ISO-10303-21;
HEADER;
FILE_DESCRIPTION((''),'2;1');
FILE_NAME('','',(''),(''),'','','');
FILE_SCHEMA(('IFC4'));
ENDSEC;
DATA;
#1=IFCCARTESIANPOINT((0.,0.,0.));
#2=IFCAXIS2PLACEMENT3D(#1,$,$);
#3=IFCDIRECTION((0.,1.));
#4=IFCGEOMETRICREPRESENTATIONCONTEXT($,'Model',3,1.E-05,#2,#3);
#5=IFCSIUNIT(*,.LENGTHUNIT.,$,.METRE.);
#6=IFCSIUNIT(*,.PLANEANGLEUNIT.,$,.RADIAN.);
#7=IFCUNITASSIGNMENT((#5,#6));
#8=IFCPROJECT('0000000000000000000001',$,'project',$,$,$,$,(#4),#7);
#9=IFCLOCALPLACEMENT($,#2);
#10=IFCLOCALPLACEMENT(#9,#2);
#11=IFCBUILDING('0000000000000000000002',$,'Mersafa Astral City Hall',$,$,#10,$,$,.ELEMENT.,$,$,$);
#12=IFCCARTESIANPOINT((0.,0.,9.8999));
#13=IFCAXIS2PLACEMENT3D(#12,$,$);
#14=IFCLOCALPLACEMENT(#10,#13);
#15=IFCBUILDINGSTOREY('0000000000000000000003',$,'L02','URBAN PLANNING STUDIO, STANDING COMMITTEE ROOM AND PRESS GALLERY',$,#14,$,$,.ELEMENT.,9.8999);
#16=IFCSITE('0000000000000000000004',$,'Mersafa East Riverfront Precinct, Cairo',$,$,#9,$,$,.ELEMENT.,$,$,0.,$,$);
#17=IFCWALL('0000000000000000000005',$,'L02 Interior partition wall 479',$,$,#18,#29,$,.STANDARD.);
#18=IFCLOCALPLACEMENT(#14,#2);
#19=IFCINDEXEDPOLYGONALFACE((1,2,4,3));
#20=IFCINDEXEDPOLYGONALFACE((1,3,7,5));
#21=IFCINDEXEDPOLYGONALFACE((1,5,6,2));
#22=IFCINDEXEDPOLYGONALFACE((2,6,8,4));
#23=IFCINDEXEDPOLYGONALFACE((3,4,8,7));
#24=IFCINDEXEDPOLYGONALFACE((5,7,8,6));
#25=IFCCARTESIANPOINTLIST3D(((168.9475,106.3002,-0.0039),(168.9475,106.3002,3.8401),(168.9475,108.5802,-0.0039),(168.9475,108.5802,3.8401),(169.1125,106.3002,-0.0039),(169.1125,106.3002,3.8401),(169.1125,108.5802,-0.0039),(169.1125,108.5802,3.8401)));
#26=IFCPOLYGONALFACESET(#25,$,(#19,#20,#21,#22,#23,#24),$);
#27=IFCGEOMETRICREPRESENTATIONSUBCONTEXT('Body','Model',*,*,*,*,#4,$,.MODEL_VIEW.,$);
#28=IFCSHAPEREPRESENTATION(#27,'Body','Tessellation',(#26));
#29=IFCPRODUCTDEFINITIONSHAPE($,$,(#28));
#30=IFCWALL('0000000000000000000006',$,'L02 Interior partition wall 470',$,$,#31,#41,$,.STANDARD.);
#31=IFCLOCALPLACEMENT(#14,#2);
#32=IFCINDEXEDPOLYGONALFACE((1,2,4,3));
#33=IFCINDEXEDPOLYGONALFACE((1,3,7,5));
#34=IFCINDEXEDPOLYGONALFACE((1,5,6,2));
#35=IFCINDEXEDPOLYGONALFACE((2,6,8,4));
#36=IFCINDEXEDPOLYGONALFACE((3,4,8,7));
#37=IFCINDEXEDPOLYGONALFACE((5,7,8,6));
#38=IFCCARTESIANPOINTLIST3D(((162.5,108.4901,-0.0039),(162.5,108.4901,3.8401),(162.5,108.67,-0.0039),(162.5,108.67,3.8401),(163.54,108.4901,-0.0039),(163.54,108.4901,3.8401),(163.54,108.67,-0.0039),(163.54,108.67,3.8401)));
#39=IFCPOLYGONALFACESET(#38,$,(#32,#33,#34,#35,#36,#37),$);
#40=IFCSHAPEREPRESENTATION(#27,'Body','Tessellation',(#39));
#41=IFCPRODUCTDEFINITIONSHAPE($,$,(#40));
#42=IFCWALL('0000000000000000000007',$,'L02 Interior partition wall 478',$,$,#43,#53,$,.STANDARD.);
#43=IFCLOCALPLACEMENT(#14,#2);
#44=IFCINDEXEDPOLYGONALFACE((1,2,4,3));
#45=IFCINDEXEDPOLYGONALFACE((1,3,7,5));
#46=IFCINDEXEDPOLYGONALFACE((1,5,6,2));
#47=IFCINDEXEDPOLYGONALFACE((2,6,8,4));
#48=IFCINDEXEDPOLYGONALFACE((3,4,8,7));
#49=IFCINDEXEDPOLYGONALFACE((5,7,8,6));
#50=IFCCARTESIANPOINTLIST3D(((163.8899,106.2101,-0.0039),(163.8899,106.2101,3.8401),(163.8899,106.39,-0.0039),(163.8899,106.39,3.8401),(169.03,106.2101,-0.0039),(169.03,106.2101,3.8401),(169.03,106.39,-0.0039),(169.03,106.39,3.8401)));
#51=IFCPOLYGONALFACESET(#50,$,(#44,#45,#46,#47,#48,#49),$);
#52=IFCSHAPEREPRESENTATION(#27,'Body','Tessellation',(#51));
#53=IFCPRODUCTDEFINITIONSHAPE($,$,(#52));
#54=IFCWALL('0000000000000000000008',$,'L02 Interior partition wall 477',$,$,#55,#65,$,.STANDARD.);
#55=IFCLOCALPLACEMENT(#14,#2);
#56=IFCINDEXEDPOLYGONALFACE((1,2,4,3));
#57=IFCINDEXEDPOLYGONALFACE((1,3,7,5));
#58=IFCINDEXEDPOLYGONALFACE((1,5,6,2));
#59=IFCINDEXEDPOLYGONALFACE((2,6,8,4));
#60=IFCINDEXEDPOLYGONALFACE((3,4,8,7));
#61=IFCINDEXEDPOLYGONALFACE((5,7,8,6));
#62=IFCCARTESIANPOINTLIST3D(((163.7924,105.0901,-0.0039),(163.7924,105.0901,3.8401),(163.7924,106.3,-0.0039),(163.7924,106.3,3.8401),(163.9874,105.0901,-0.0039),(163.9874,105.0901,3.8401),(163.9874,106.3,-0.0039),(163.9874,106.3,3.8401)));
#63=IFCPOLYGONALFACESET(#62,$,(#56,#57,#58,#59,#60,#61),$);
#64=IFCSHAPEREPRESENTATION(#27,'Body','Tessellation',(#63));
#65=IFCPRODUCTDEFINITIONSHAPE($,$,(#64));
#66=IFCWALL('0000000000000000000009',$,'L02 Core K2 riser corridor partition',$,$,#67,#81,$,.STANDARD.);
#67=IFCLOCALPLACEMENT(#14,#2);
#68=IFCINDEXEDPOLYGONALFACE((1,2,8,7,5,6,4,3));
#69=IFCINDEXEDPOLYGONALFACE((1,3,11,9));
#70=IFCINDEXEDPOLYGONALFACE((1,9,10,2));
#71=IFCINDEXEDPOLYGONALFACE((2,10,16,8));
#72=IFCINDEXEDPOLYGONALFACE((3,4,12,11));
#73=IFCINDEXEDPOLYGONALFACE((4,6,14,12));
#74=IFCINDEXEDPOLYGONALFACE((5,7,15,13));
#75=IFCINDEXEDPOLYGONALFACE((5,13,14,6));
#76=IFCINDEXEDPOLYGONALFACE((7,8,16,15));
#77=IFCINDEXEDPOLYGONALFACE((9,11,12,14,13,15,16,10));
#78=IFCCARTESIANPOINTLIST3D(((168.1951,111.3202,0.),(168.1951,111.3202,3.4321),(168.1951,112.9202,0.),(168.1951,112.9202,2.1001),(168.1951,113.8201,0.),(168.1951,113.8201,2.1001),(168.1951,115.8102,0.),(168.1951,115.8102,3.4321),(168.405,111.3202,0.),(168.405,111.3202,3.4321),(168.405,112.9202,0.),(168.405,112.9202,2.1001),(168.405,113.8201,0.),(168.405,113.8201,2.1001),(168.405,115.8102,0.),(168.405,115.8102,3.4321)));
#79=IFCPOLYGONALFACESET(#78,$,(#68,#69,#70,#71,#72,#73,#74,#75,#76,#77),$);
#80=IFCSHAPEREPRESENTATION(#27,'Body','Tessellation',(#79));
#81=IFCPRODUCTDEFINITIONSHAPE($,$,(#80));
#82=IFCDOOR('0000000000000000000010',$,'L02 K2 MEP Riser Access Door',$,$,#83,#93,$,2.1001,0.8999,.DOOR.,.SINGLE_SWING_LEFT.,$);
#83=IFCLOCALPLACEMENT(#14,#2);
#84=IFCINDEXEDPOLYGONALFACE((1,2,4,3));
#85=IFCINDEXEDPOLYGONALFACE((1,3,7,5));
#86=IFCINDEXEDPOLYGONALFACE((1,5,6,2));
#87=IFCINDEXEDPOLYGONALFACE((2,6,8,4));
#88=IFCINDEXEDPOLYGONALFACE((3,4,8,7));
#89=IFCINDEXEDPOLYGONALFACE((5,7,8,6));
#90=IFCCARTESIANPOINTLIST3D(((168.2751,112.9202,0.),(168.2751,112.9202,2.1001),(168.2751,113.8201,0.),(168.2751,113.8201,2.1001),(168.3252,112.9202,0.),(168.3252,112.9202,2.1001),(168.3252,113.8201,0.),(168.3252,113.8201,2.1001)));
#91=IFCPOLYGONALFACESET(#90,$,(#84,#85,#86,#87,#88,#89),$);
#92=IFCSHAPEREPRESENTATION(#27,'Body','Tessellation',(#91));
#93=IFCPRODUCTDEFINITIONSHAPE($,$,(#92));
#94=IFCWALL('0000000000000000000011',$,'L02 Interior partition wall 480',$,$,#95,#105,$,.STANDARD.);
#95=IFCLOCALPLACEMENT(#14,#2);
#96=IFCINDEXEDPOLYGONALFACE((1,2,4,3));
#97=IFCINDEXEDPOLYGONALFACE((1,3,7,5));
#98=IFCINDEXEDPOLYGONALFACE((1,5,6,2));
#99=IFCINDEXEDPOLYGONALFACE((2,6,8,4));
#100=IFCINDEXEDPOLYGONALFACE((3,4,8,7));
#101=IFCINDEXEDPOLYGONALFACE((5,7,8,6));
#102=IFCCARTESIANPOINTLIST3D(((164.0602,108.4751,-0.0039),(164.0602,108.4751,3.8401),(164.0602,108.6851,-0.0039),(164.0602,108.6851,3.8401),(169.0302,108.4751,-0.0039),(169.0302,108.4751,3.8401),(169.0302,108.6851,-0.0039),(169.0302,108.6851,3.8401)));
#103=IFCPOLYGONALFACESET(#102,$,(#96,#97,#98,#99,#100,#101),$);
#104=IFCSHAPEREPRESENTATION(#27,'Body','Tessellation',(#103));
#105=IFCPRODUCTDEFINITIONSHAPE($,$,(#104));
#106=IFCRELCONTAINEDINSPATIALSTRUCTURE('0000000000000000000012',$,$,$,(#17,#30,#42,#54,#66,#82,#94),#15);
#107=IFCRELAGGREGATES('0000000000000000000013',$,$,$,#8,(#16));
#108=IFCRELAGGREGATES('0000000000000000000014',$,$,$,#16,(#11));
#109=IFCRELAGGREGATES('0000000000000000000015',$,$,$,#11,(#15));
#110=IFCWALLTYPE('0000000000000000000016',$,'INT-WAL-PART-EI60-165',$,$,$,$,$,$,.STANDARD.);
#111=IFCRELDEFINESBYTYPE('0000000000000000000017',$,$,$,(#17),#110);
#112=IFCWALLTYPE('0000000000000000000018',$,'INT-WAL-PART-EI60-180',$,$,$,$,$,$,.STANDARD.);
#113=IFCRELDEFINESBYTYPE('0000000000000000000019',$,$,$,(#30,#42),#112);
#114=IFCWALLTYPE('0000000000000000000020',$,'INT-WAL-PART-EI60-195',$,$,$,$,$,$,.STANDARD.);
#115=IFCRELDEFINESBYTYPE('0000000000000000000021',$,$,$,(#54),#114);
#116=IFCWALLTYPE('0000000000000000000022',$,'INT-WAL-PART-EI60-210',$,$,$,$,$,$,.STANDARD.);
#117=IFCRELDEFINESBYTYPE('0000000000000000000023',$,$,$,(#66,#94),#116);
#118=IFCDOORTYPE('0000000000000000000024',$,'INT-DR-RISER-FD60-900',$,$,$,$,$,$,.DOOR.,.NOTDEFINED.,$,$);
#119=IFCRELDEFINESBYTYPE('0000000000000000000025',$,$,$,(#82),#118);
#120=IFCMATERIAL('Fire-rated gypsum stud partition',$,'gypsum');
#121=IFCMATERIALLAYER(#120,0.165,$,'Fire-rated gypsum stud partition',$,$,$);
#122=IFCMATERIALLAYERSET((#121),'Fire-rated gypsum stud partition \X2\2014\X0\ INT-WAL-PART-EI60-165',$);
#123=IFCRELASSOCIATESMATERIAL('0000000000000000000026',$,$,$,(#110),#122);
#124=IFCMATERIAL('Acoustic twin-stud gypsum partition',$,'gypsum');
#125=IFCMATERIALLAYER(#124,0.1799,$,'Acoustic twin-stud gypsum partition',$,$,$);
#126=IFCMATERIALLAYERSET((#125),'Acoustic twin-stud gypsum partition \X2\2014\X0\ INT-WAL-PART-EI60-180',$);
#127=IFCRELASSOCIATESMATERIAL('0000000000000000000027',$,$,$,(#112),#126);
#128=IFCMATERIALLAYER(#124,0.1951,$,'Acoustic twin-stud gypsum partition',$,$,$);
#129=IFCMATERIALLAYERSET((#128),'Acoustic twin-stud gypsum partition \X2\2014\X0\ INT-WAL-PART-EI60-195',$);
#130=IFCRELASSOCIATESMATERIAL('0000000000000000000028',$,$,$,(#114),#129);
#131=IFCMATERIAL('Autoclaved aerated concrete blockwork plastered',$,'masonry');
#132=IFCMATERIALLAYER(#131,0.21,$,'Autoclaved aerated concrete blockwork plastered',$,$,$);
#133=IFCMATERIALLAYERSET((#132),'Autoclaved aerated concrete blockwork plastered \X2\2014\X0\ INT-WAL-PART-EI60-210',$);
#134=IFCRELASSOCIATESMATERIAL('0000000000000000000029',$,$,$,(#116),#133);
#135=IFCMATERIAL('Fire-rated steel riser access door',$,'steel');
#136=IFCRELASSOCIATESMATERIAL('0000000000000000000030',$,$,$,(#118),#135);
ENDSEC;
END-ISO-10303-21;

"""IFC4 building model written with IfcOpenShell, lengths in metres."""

from ifc_helpers import new_model, si_unit, direction, frame, frame_2d, origin, place, context, subcontext, project, spatial, rectangle, extrude, material, layer, layer_set, type_object, element, fill, save


model = new_model("IFC4")

# Units and contexts
model_context = context("Model", 3, precision=1e-05, world=origin(), true_north=direction((0.0, 1.0)))
body_context = subcontext(model_context, "Body", "Model", "MODEL_VIEW")
ifc_project = project(units=[si_unit("LENGTHUNIT", "METRE"), si_unit("PLANEANGLEUNIT", "RADIAN")], contexts=[model_context])

# Site, building, storey
site_placement = place(None, origin())
site = spatial("IfcSite", under=ifc_project, at=site_placement, Name="Mersafa East Riverfront Precinct, Cairo", CompositionType="ELEMENT", RefElevation=0.0)
building_placement = place(site_placement, origin())
building = spatial("IfcBuilding", under=site, at=building_placement, Name="Mersafa Astral City Hall", CompositionType="ELEMENT")
storey_placement = place(building_placement, frame((0.0, 0.0, 9.8999)))
storey = spatial("IfcBuildingStorey", under=building, at=storey_placement, Name="L02", Description="URBAN PLANNING STUDIO, STANDING COMMITTEE ROOM AND PRESS GALLERY", CompositionType="ELEMENT", Elevation=9.8999)

# Shared definitions
ifc_material_1 = material(Name="Fire-rated gypsum stud partition", Category="gypsum")
ifc_layer_1 = layer(ifc_material_1, 0.165, Name="Fire-rated gypsum stud partition")
ifc_layer_set_1 = layer_set([ifc_layer_1], Name="Fire-rated gypsum stud partition — INT-WAL-PART-EI60-165")
wall_type_1 = type_object("IfcWallType", Name="INT-WAL-PART-EI60-165", PredefinedType="STANDARD", material=ifc_layer_set_1)

# Walls
wall_1_placement = place(storey_placement, frame((169.03, 106.3, -0.0039), z_axis=(0.0, 0.0, 1.0), x_axis=(0.0, 1.0, 0.0)))
element("IfcWall", 1, at=wall_1_placement, inside=storey, type_object=wall_type_1, Name="L02 Interior partition wall 479", PredefinedType="STANDARD", context=body_context, shape_type="SweptSolid", body=[
    extrude(rectangle(XDim=2.28, YDim=0.165, at=frame_2d((1.1401, 0.0))), origin(), (0.0, 0.0, 1.0), 3.844),
])
ifc_material_2 = material(Name="Acoustic twin-stud gypsum partition", Category="gypsum")
ifc_layer_2 = layer(ifc_material_2, 0.1799, Name="Acoustic twin-stud gypsum partition")
ifc_layer_set_2 = layer_set([ifc_layer_2], Name="Acoustic twin-stud gypsum partition — INT-WAL-PART-EI60-180")
wall_type_2 = type_object("IfcWallType", Name="INT-WAL-PART-EI60-180", PredefinedType="STANDARD", material=ifc_layer_set_2)
wall_2_placement = place(storey_placement, frame((163.54, 108.5801, -0.0039), z_axis=(0.0, 0.0, 1.0), x_axis=(-1.0, 0.0, 0.0)))
element("IfcWall", 2, at=wall_2_placement, inside=storey, type_object=wall_type_2, Name="L02 Interior partition wall 470", PredefinedType="STANDARD", context=body_context, shape_type="SweptSolid", body=[
    extrude(rectangle(XDim=1.04, YDim=0.1799, at=frame_2d((0.52, 0.0))), origin(), (0.0, 0.0, 1.0), 3.844),
])
wall_3_placement = place(storey_placement, frame((163.8899, 106.3, -0.0039), z_axis=(0.0, 0.0, 1.0), x_axis=(1.0, 0.0, 0.0)))
element("IfcWall", 3, at=wall_3_placement, inside=storey, type_object=wall_type_2, Name="L02 Interior partition wall 478", PredefinedType="STANDARD", context=body_context, shape_type="SweptSolid", body=[
    extrude(rectangle(XDim=5.1401, YDim=0.1799, at=frame_2d((2.5701, 0.0))), origin(), (0.0, 0.0, 1.0), 3.844),
])
ifc_layer_3 = layer(ifc_material_2, 0.1951, Name="Acoustic twin-stud gypsum partition")
ifc_layer_set_3 = layer_set([ifc_layer_3], Name="Acoustic twin-stud gypsum partition — INT-WAL-PART-EI60-195")
wall_type_3 = type_object("IfcWallType", Name="INT-WAL-PART-EI60-195", PredefinedType="STANDARD", material=ifc_layer_set_3)
wall_4_placement = place(storey_placement, frame((163.8899, 105.0901, -0.0039), z_axis=(0.0, 0.0, 1.0), x_axis=(0.0, 1.0, 0.0)))
element("IfcWall", 4, at=wall_4_placement, inside=storey, type_object=wall_type_3, Name="L02 Interior partition wall 477", PredefinedType="STANDARD", context=body_context, shape_type="SweptSolid", body=[
    extrude(rectangle(XDim=1.21, YDim=0.1951, at=frame_2d((0.605, 0.0))), origin(), (0.0, 0.0, 1.0), 3.844),
])

# Wall, opening, door
ifc_material_3 = material(Name="Autoclaved aerated concrete blockwork plastered", Category="masonry")
ifc_layer_4 = layer(ifc_material_3, 0.21, Name="Autoclaved aerated concrete blockwork plastered")
ifc_layer_set_4 = layer_set([ifc_layer_4], Name="Autoclaved aerated concrete blockwork plastered — INT-WAL-PART-EI60-210")
wall_type_4 = type_object("IfcWallType", Name="INT-WAL-PART-EI60-210", PredefinedType="STANDARD", material=ifc_layer_set_4)
wall_5_placement = place(storey_placement, frame((168.3, 111.3201, 0.0), z_axis=(0.0, 0.0, 1.0), x_axis=(0.0, 1.0, 0.0)))
wall_5 = element("IfcWall", 5, at=wall_5_placement, inside=storey, type_object=wall_type_4, Name="L02 Core K2 riser corridor partition", PredefinedType="STANDARD", context=body_context, shape_type="SweptSolid", body=[
    extrude(rectangle(XDim=4.49, YDim=0.21, at=frame_2d((2.2451, 0.0))), origin(), (0.0, 0.0, 1.0), 3.4321),
])
opening_1_placement = place(wall_5_placement, frame((1.6001, 0.0, 0.0)))
opening_1 = element("IfcOpeningElement", 6, at=opening_1_placement, cuts=wall_5, PredefinedType="OPENING", context=body_context, shape_type="SweptSolid", body=[
    extrude(rectangle(XDim=0.8999, YDim=2.1001, at=frame_2d((0.45, 1.05))), frame((0.0, 0.115, 0.0), z_axis=(0.0, -1.0, 0.0), x_axis=(1.0, 0.0, 0.0)), (0.0, 0.0, 1.0), 0.23),
])
ifc_material_4 = material(Name="Fire-rated steel riser access door", Category="steel")
door_type_1 = type_object("IfcDoorType", Name="INT-DR-RISER-FD60-900", OperationType="NOTDEFINED", PredefinedType="DOOR", material=ifc_material_4)
door_1_placement = place(opening_1_placement, origin())
door_1 = element("IfcDoor", 7, at=door_1_placement, inside=storey, type_object=door_type_1, Name="L02 K2 MEP Riser Access Door", OperationType="SINGLE_SWING_LEFT", OverallHeight=2.1001, OverallWidth=0.8999, PredefinedType="DOOR", context=body_context, shape_type="SweptSolid", body=[
    extrude(rectangle(XDim=0.8999, YDim=2.1001, at=frame_2d((0.45, 1.05))), frame((0.0, 0.0249, 0.0), z_axis=(0.0, -1.0, 0.0), x_axis=(1.0, 0.0, 0.0)), (0.0, 0.0, 1.0), 0.05),
])
fill(opening_1, door_1)

# Wall
wall_6_placement = place(storey_placement, frame((169.03, 108.5801, -0.0039), z_axis=(0.0, 0.0, 1.0), x_axis=(-1.0, 0.0, 0.0)))
element("IfcWall", 8, at=wall_6_placement, inside=storey, type_object=wall_type_4, Name="L02 Interior partition wall 480", PredefinedType="STANDARD", context=body_context, shape_type="SweptSolid", body=[
    extrude(rectangle(XDim=4.97, YDim=0.21, at=frame_2d((2.4849, 0.0))), origin(), (0.0, 0.0, 1.0), 3.844),
])

save(model, "model.ifc")
